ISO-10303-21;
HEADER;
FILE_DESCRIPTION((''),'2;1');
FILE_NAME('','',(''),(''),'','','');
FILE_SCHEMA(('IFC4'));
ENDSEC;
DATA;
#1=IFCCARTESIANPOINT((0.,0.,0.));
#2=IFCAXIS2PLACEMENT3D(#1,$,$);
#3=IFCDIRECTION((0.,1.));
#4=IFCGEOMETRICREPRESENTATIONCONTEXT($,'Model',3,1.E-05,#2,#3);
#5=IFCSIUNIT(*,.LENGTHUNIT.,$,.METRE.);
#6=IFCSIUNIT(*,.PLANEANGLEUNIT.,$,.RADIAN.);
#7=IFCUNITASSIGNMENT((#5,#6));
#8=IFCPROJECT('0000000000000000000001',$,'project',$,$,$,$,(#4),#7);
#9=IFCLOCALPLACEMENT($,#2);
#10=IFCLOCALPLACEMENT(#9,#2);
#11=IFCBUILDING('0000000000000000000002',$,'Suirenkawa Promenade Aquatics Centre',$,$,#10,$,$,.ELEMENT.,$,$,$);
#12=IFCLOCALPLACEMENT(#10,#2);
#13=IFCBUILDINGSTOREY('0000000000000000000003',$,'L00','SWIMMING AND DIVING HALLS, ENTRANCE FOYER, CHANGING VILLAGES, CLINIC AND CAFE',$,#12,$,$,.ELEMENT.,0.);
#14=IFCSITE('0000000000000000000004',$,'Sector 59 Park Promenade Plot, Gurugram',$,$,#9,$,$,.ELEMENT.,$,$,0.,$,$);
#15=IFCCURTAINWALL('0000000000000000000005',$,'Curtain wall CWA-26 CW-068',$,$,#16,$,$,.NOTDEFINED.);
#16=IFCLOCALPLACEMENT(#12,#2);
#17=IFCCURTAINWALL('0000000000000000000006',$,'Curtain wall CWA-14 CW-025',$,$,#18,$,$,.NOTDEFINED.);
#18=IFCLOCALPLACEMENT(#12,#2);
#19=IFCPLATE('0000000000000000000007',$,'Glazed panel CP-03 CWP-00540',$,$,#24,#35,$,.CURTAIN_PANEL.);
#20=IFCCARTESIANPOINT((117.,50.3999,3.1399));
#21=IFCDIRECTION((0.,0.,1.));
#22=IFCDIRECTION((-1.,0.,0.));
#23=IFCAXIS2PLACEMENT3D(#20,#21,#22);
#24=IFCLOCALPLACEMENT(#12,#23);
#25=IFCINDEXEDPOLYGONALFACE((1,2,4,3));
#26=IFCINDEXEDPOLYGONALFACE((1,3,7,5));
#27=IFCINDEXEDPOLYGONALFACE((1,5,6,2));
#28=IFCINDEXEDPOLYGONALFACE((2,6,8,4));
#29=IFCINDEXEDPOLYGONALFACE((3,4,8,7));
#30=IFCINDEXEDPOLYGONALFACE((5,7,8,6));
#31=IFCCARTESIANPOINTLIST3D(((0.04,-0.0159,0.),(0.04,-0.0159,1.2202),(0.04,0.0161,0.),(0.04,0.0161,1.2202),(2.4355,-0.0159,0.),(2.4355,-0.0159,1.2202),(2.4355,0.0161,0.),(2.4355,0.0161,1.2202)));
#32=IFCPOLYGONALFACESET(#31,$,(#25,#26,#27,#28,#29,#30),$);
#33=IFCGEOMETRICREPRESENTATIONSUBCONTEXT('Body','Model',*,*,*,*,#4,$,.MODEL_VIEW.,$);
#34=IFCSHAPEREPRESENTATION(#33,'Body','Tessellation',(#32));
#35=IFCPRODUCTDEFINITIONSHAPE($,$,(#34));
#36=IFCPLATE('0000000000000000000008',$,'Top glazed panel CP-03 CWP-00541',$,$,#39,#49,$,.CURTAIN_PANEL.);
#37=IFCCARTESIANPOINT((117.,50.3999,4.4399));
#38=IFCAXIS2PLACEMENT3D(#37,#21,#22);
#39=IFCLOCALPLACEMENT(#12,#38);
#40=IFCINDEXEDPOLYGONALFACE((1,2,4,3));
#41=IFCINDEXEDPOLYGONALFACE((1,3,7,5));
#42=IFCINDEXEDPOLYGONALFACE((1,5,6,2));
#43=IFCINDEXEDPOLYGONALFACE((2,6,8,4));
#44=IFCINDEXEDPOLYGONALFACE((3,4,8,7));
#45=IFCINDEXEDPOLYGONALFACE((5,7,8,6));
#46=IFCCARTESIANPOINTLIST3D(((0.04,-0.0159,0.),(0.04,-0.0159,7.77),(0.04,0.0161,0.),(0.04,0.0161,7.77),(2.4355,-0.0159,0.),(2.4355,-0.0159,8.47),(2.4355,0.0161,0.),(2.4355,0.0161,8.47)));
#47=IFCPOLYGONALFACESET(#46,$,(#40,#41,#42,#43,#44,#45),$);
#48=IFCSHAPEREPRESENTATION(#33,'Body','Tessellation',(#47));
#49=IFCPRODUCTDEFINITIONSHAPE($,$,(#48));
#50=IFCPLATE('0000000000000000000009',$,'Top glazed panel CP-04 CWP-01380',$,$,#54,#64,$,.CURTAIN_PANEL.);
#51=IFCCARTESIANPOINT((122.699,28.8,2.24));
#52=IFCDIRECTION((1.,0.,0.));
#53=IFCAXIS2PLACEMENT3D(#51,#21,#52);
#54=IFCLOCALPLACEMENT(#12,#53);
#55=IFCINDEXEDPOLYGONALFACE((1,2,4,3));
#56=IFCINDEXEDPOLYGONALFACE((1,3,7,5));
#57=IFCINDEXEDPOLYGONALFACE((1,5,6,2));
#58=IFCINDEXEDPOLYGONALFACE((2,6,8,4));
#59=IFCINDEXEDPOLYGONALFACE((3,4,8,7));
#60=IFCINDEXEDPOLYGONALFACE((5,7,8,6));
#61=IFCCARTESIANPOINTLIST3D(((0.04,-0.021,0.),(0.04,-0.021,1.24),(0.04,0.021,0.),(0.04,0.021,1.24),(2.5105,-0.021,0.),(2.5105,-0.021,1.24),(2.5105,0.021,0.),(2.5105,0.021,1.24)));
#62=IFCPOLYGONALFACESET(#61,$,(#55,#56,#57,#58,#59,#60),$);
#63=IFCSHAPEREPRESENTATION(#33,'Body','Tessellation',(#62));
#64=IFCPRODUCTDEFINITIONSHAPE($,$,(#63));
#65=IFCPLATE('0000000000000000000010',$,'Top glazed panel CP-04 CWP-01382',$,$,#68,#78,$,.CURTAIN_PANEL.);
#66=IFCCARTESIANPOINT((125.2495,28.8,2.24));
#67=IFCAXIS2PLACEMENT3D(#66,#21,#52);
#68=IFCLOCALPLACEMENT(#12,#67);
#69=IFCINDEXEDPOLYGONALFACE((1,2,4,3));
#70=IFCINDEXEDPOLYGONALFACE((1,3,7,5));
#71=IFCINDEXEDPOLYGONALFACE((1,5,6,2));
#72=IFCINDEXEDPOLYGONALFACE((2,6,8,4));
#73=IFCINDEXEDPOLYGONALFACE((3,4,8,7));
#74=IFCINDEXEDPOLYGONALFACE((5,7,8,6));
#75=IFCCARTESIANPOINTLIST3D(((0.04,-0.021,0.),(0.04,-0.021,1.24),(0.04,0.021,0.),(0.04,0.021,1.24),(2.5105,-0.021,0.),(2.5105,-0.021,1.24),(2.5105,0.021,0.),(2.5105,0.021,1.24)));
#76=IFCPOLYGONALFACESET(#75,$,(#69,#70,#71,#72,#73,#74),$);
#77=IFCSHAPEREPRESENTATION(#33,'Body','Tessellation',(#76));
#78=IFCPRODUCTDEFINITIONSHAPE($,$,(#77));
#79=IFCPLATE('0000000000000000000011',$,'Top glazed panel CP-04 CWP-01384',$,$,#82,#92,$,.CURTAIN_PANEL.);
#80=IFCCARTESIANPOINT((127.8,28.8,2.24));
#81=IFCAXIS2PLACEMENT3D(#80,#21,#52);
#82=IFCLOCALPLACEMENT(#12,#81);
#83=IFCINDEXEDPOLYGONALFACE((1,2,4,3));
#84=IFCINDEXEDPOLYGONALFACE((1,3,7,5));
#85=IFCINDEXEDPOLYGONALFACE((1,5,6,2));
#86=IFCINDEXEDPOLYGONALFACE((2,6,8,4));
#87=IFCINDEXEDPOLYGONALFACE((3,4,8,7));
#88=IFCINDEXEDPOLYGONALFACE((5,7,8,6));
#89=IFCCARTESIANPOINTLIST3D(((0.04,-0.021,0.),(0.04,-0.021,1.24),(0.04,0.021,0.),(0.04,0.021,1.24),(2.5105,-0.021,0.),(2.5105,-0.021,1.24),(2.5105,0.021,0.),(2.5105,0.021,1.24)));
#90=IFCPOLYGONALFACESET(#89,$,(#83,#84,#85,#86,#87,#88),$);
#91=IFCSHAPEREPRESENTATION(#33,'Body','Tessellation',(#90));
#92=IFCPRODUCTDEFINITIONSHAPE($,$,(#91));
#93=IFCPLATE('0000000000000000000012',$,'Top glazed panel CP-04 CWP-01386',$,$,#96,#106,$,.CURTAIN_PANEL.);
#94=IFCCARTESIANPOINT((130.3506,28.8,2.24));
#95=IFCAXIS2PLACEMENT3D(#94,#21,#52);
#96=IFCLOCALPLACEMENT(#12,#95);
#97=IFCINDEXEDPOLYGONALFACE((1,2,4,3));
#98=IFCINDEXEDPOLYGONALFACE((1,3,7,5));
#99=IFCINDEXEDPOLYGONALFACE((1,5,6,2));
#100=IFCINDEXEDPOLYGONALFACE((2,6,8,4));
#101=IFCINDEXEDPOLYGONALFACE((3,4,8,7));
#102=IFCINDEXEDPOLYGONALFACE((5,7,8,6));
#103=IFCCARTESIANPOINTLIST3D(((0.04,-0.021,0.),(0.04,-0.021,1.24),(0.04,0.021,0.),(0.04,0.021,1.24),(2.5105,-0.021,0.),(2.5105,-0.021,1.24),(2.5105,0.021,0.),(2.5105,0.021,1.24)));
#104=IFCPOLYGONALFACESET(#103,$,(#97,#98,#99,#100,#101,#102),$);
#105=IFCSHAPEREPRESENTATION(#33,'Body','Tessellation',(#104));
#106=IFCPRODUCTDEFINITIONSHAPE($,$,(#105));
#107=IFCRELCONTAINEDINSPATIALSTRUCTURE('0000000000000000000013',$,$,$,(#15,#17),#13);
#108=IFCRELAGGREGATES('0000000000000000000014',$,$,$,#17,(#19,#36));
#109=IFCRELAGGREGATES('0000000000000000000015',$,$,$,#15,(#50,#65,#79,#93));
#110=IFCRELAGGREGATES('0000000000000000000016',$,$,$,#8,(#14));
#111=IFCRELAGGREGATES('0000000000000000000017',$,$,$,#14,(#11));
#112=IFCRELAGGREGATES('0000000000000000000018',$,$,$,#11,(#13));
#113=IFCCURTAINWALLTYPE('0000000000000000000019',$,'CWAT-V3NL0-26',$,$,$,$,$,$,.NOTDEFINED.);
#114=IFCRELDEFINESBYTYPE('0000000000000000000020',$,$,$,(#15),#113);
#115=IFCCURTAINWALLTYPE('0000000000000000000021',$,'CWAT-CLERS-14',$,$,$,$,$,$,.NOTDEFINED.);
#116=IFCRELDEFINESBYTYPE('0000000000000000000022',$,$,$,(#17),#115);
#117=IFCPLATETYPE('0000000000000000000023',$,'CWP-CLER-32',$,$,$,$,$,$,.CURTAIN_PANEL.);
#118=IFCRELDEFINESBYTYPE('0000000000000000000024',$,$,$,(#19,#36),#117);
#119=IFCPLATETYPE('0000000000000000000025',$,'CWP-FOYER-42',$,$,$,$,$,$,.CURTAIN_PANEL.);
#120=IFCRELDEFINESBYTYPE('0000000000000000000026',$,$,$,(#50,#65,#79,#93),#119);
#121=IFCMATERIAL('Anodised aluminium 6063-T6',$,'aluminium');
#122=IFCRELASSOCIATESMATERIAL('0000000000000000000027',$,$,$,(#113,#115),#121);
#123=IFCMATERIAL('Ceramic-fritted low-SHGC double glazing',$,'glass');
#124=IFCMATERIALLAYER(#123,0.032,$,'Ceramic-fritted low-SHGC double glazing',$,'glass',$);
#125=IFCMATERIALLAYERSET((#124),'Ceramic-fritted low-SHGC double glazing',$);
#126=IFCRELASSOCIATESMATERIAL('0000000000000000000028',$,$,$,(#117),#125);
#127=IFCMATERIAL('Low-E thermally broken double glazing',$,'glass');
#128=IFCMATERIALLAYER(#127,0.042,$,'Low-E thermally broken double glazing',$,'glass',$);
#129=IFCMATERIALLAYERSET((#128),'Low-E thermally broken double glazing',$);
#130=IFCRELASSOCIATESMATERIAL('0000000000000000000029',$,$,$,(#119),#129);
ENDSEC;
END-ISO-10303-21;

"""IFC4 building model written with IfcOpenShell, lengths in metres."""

from ifc_helpers import new_model, si_unit, direction, frame, origin, place, context, subcontext, project, spatial, polyline, outline, extrude, material, layer, layer_set, type_object, element, aggregate, save


model = new_model("IFC4")

# Units and contexts
model_context = context("Model", 3, precision=1e-05, world=origin(), true_north=direction((0.0, 1.0)))
body_context = subcontext(model_context, "Body", "Model", "MODEL_VIEW")
ifc_project = project(units=[si_unit("LENGTHUNIT", "METRE"), si_unit("PLANEANGLEUNIT", "RADIAN")], contexts=[model_context])

# Site, building, storey
site_placement = place(None, origin())
site = spatial("IfcSite", under=ifc_project, at=site_placement, Name="Sector 59 Park Promenade Plot, Gurugram", CompositionType="ELEMENT", RefElevation=0.0)
building_placement = place(site_placement, origin())
building = spatial("IfcBuilding", under=site, at=building_placement, Name="Suirenkawa Promenade Aquatics Centre", CompositionType="ELEMENT")
storey_placement = place(building_placement, origin())
storey = spatial("IfcBuildingStorey", under=building, at=storey_placement, Name="L00", Description="SWIMMING AND DIVING HALLS, ENTRANCE FOYER, CHANGING VILLAGES, CLINIC AND CAFE", CompositionType="ELEMENT", Elevation=0.0)

# Curtain walls
ifc_material_1 = material(Name="Anodised aluminium 6063-T6", Category="aluminium")
curtain_wall_type_1 = type_object("IfcCurtainWallType", Name="CWAT-V3NL0-26", PredefinedType="NOTDEFINED", material=ifc_material_1)
curtain_wall_1_placement = place(storey_placement, origin())
curtain_wall_1 = element("IfcCurtainWall", 1, at=curtain_wall_1_placement, inside=storey, type_object=curtain_wall_type_1, Name="Curtain wall CWA-26 CW-068", PredefinedType="NOTDEFINED")
curtain_wall_type_2 = type_object("IfcCurtainWallType", Name="CWAT-CLERS-14", PredefinedType="NOTDEFINED", material=ifc_material_1)
curtain_wall_2_placement = place(storey_placement, origin())
curtain_wall_2 = element("IfcCurtainWall", 2, at=curtain_wall_2_placement, inside=storey, type_object=curtain_wall_type_2, Name="Curtain wall CWA-14 CW-025", PredefinedType="NOTDEFINED")

# Plates
ifc_material_2 = material(Name="Ceramic-fritted low-SHGC double glazing", Category="glass")
ifc_layer_1 = layer(ifc_material_2, 0.032, Name="Ceramic-fritted low-SHGC double glazing", Category="glass")
ifc_layer_set_1 = layer_set([ifc_layer_1], Name="Ceramic-fritted low-SHGC double glazing")
plate_type_1 = type_object("IfcPlateType", Name="CWP-CLER-32", PredefinedType="CURTAIN_PANEL", material=ifc_layer_set_1)
plate_1_placement = place(storey_placement, frame((117.0, 50.3999, 3.1399), z_axis=(0.0, 0.0, 1.0), x_axis=(-1.0, 0.0, 0.0)))
plate_1 = element("IfcPlate", 3, at=plate_1_placement, type_object=plate_type_1, Name="Glazed panel CP-03 CWP-00540", PredefinedType="CURTAIN_PANEL", context=body_context, shape_type="SweptSolid", body=[
    extrude(outline(polyline([(0.04, 0.0), (2.4355, 0.0), (2.4355, 1.2202), (0.04, 1.2202), (0.04, 0.0)])), frame((0.0, 0.0161, 0.0), z_axis=(0.0, -1.0, 0.0), x_axis=(1.0, 0.0, 0.0)), (0.0, 0.0, 1.0), 0.032),
])
plate_2_placement = place(storey_placement, frame((117.0, 50.3999, 4.4399), z_axis=(0.0, 0.0, 1.0), x_axis=(-1.0, 0.0, 0.0)))
plate_2 = element("IfcPlate", 4, at=plate_2_placement, type_object=plate_type_1, Name="Top glazed panel CP-03 CWP-00541", PredefinedType="CURTAIN_PANEL", context=body_context, shape_type="SweptSolid", body=[
    extrude(outline(polyline([(0.04, 0.0), (2.4355, 0.0), (2.4355, 8.47), (0.04, 7.77), (0.04, 0.0)])), frame((0.0, 0.0161, 0.0), z_axis=(0.0, -1.0, 0.0), x_axis=(1.0, 0.0, 0.0)), (0.0, 0.0, 1.0), 0.032),
])
aggregate(curtain_wall_2, [plate_1, plate_2])
ifc_material_3 = material(Name="Low-E thermally broken double glazing", Category="glass")
ifc_layer_2 = layer(ifc_material_3, 0.042, Name="Low-E thermally broken double glazing", Category="glass")
ifc_layer_set_2 = layer_set([ifc_layer_2], Name="Low-E thermally broken double glazing")
plate_type_2 = type_object("IfcPlateType", Name="CWP-FOYER-42", PredefinedType="CURTAIN_PANEL", material=ifc_layer_set_2)
plate_3_placement = place(storey_placement, frame((122.699, 28.8, 2.24), z_axis=(0.0, 0.0, 1.0), x_axis=(1.0, 0.0, 0.0)))
plate_3 = element("IfcPlate", 5, at=plate_3_placement, type_object=plate_type_2, Name="Top glazed panel CP-04 CWP-01380", PredefinedType="CURTAIN_PANEL", context=body_context, shape_type="SweptSolid", body=[
    extrude(outline(polyline([(0.04, 0.0), (2.5105, 0.0), (2.5105, 1.24), (0.04, 1.24), (0.04, 0.0)])), frame((0.0, 0.021, 0.0), z_axis=(0.0, -1.0, 0.0), x_axis=(1.0, 0.0, 0.0)), (0.0, 0.0, 1.0), 0.042),
])
plate_4_placement = place(storey_placement, frame((125.2495, 28.8, 2.24), z_axis=(0.0, 0.0, 1.0), x_axis=(1.0, 0.0, 0.0)))
plate_4 = element("IfcPlate", 6, at=plate_4_placement, type_object=plate_type_2, Name="Top glazed panel CP-04 CWP-01382", PredefinedType="CURTAIN_PANEL", context=body_context, shape_type="SweptSolid", body=[
    extrude(outline(polyline([(0.04, 0.0), (2.5105, 0.0), (2.5105, 1.24), (0.04, 1.24), (0.04, 0.0)])), frame((0.0, 0.021, 0.0), z_axis=(0.0, -1.0, 0.0), x_axis=(1.0, 0.0, 0.0)), (0.0, 0.0, 1.0), 0.042),
])
plate_5_placement = place(storey_placement, frame((127.8, 28.8, 2.24), z_axis=(0.0, 0.0, 1.0), x_axis=(1.0, 0.0, 0.0)))
plate_5 = element("IfcPlate", 7, at=plate_5_placement, type_object=plate_type_2, Name="Top glazed panel CP-04 CWP-01384", PredefinedType="CURTAIN_PANEL", context=body_context, shape_type="SweptSolid", body=[
    extrude(outline(polyline([(0.04, 0.0), (2.5105, 0.0), (2.5105, 1.24), (0.04, 1.24), (0.04, 0.0)])), frame((0.0, 0.021, 0.0), z_axis=(0.0, -1.0, 0.0), x_axis=(1.0, 0.0, 0.0)), (0.0, 0.0, 1.0), 0.042),
])
plate_6_placement = place(storey_placement, frame((130.3506, 28.8, 2.24), z_axis=(0.0, 0.0, 1.0), x_axis=(1.0, 0.0, 0.0)))
plate_6 = element("IfcPlate", 8, at=plate_6_placement, type_object=plate_type_2, Name="Top glazed panel CP-04 CWP-01386", PredefinedType="CURTAIN_PANEL", context=body_context, shape_type="SweptSolid", body=[
    extrude(outline(polyline([(0.04, 0.0), (2.5105, 0.0), (2.5105, 1.24), (0.04, 1.24), (0.04, 0.0)])), frame((0.0, 0.021, 0.0), z_axis=(0.0, -1.0, 0.0), x_axis=(1.0, 0.0, 0.0)), (0.0, 0.0, 1.0), 0.042),
])
aggregate(curtain_wall_1, [plate_3, plate_4, plate_5, plate_6])

save(model, "model.ifc")
